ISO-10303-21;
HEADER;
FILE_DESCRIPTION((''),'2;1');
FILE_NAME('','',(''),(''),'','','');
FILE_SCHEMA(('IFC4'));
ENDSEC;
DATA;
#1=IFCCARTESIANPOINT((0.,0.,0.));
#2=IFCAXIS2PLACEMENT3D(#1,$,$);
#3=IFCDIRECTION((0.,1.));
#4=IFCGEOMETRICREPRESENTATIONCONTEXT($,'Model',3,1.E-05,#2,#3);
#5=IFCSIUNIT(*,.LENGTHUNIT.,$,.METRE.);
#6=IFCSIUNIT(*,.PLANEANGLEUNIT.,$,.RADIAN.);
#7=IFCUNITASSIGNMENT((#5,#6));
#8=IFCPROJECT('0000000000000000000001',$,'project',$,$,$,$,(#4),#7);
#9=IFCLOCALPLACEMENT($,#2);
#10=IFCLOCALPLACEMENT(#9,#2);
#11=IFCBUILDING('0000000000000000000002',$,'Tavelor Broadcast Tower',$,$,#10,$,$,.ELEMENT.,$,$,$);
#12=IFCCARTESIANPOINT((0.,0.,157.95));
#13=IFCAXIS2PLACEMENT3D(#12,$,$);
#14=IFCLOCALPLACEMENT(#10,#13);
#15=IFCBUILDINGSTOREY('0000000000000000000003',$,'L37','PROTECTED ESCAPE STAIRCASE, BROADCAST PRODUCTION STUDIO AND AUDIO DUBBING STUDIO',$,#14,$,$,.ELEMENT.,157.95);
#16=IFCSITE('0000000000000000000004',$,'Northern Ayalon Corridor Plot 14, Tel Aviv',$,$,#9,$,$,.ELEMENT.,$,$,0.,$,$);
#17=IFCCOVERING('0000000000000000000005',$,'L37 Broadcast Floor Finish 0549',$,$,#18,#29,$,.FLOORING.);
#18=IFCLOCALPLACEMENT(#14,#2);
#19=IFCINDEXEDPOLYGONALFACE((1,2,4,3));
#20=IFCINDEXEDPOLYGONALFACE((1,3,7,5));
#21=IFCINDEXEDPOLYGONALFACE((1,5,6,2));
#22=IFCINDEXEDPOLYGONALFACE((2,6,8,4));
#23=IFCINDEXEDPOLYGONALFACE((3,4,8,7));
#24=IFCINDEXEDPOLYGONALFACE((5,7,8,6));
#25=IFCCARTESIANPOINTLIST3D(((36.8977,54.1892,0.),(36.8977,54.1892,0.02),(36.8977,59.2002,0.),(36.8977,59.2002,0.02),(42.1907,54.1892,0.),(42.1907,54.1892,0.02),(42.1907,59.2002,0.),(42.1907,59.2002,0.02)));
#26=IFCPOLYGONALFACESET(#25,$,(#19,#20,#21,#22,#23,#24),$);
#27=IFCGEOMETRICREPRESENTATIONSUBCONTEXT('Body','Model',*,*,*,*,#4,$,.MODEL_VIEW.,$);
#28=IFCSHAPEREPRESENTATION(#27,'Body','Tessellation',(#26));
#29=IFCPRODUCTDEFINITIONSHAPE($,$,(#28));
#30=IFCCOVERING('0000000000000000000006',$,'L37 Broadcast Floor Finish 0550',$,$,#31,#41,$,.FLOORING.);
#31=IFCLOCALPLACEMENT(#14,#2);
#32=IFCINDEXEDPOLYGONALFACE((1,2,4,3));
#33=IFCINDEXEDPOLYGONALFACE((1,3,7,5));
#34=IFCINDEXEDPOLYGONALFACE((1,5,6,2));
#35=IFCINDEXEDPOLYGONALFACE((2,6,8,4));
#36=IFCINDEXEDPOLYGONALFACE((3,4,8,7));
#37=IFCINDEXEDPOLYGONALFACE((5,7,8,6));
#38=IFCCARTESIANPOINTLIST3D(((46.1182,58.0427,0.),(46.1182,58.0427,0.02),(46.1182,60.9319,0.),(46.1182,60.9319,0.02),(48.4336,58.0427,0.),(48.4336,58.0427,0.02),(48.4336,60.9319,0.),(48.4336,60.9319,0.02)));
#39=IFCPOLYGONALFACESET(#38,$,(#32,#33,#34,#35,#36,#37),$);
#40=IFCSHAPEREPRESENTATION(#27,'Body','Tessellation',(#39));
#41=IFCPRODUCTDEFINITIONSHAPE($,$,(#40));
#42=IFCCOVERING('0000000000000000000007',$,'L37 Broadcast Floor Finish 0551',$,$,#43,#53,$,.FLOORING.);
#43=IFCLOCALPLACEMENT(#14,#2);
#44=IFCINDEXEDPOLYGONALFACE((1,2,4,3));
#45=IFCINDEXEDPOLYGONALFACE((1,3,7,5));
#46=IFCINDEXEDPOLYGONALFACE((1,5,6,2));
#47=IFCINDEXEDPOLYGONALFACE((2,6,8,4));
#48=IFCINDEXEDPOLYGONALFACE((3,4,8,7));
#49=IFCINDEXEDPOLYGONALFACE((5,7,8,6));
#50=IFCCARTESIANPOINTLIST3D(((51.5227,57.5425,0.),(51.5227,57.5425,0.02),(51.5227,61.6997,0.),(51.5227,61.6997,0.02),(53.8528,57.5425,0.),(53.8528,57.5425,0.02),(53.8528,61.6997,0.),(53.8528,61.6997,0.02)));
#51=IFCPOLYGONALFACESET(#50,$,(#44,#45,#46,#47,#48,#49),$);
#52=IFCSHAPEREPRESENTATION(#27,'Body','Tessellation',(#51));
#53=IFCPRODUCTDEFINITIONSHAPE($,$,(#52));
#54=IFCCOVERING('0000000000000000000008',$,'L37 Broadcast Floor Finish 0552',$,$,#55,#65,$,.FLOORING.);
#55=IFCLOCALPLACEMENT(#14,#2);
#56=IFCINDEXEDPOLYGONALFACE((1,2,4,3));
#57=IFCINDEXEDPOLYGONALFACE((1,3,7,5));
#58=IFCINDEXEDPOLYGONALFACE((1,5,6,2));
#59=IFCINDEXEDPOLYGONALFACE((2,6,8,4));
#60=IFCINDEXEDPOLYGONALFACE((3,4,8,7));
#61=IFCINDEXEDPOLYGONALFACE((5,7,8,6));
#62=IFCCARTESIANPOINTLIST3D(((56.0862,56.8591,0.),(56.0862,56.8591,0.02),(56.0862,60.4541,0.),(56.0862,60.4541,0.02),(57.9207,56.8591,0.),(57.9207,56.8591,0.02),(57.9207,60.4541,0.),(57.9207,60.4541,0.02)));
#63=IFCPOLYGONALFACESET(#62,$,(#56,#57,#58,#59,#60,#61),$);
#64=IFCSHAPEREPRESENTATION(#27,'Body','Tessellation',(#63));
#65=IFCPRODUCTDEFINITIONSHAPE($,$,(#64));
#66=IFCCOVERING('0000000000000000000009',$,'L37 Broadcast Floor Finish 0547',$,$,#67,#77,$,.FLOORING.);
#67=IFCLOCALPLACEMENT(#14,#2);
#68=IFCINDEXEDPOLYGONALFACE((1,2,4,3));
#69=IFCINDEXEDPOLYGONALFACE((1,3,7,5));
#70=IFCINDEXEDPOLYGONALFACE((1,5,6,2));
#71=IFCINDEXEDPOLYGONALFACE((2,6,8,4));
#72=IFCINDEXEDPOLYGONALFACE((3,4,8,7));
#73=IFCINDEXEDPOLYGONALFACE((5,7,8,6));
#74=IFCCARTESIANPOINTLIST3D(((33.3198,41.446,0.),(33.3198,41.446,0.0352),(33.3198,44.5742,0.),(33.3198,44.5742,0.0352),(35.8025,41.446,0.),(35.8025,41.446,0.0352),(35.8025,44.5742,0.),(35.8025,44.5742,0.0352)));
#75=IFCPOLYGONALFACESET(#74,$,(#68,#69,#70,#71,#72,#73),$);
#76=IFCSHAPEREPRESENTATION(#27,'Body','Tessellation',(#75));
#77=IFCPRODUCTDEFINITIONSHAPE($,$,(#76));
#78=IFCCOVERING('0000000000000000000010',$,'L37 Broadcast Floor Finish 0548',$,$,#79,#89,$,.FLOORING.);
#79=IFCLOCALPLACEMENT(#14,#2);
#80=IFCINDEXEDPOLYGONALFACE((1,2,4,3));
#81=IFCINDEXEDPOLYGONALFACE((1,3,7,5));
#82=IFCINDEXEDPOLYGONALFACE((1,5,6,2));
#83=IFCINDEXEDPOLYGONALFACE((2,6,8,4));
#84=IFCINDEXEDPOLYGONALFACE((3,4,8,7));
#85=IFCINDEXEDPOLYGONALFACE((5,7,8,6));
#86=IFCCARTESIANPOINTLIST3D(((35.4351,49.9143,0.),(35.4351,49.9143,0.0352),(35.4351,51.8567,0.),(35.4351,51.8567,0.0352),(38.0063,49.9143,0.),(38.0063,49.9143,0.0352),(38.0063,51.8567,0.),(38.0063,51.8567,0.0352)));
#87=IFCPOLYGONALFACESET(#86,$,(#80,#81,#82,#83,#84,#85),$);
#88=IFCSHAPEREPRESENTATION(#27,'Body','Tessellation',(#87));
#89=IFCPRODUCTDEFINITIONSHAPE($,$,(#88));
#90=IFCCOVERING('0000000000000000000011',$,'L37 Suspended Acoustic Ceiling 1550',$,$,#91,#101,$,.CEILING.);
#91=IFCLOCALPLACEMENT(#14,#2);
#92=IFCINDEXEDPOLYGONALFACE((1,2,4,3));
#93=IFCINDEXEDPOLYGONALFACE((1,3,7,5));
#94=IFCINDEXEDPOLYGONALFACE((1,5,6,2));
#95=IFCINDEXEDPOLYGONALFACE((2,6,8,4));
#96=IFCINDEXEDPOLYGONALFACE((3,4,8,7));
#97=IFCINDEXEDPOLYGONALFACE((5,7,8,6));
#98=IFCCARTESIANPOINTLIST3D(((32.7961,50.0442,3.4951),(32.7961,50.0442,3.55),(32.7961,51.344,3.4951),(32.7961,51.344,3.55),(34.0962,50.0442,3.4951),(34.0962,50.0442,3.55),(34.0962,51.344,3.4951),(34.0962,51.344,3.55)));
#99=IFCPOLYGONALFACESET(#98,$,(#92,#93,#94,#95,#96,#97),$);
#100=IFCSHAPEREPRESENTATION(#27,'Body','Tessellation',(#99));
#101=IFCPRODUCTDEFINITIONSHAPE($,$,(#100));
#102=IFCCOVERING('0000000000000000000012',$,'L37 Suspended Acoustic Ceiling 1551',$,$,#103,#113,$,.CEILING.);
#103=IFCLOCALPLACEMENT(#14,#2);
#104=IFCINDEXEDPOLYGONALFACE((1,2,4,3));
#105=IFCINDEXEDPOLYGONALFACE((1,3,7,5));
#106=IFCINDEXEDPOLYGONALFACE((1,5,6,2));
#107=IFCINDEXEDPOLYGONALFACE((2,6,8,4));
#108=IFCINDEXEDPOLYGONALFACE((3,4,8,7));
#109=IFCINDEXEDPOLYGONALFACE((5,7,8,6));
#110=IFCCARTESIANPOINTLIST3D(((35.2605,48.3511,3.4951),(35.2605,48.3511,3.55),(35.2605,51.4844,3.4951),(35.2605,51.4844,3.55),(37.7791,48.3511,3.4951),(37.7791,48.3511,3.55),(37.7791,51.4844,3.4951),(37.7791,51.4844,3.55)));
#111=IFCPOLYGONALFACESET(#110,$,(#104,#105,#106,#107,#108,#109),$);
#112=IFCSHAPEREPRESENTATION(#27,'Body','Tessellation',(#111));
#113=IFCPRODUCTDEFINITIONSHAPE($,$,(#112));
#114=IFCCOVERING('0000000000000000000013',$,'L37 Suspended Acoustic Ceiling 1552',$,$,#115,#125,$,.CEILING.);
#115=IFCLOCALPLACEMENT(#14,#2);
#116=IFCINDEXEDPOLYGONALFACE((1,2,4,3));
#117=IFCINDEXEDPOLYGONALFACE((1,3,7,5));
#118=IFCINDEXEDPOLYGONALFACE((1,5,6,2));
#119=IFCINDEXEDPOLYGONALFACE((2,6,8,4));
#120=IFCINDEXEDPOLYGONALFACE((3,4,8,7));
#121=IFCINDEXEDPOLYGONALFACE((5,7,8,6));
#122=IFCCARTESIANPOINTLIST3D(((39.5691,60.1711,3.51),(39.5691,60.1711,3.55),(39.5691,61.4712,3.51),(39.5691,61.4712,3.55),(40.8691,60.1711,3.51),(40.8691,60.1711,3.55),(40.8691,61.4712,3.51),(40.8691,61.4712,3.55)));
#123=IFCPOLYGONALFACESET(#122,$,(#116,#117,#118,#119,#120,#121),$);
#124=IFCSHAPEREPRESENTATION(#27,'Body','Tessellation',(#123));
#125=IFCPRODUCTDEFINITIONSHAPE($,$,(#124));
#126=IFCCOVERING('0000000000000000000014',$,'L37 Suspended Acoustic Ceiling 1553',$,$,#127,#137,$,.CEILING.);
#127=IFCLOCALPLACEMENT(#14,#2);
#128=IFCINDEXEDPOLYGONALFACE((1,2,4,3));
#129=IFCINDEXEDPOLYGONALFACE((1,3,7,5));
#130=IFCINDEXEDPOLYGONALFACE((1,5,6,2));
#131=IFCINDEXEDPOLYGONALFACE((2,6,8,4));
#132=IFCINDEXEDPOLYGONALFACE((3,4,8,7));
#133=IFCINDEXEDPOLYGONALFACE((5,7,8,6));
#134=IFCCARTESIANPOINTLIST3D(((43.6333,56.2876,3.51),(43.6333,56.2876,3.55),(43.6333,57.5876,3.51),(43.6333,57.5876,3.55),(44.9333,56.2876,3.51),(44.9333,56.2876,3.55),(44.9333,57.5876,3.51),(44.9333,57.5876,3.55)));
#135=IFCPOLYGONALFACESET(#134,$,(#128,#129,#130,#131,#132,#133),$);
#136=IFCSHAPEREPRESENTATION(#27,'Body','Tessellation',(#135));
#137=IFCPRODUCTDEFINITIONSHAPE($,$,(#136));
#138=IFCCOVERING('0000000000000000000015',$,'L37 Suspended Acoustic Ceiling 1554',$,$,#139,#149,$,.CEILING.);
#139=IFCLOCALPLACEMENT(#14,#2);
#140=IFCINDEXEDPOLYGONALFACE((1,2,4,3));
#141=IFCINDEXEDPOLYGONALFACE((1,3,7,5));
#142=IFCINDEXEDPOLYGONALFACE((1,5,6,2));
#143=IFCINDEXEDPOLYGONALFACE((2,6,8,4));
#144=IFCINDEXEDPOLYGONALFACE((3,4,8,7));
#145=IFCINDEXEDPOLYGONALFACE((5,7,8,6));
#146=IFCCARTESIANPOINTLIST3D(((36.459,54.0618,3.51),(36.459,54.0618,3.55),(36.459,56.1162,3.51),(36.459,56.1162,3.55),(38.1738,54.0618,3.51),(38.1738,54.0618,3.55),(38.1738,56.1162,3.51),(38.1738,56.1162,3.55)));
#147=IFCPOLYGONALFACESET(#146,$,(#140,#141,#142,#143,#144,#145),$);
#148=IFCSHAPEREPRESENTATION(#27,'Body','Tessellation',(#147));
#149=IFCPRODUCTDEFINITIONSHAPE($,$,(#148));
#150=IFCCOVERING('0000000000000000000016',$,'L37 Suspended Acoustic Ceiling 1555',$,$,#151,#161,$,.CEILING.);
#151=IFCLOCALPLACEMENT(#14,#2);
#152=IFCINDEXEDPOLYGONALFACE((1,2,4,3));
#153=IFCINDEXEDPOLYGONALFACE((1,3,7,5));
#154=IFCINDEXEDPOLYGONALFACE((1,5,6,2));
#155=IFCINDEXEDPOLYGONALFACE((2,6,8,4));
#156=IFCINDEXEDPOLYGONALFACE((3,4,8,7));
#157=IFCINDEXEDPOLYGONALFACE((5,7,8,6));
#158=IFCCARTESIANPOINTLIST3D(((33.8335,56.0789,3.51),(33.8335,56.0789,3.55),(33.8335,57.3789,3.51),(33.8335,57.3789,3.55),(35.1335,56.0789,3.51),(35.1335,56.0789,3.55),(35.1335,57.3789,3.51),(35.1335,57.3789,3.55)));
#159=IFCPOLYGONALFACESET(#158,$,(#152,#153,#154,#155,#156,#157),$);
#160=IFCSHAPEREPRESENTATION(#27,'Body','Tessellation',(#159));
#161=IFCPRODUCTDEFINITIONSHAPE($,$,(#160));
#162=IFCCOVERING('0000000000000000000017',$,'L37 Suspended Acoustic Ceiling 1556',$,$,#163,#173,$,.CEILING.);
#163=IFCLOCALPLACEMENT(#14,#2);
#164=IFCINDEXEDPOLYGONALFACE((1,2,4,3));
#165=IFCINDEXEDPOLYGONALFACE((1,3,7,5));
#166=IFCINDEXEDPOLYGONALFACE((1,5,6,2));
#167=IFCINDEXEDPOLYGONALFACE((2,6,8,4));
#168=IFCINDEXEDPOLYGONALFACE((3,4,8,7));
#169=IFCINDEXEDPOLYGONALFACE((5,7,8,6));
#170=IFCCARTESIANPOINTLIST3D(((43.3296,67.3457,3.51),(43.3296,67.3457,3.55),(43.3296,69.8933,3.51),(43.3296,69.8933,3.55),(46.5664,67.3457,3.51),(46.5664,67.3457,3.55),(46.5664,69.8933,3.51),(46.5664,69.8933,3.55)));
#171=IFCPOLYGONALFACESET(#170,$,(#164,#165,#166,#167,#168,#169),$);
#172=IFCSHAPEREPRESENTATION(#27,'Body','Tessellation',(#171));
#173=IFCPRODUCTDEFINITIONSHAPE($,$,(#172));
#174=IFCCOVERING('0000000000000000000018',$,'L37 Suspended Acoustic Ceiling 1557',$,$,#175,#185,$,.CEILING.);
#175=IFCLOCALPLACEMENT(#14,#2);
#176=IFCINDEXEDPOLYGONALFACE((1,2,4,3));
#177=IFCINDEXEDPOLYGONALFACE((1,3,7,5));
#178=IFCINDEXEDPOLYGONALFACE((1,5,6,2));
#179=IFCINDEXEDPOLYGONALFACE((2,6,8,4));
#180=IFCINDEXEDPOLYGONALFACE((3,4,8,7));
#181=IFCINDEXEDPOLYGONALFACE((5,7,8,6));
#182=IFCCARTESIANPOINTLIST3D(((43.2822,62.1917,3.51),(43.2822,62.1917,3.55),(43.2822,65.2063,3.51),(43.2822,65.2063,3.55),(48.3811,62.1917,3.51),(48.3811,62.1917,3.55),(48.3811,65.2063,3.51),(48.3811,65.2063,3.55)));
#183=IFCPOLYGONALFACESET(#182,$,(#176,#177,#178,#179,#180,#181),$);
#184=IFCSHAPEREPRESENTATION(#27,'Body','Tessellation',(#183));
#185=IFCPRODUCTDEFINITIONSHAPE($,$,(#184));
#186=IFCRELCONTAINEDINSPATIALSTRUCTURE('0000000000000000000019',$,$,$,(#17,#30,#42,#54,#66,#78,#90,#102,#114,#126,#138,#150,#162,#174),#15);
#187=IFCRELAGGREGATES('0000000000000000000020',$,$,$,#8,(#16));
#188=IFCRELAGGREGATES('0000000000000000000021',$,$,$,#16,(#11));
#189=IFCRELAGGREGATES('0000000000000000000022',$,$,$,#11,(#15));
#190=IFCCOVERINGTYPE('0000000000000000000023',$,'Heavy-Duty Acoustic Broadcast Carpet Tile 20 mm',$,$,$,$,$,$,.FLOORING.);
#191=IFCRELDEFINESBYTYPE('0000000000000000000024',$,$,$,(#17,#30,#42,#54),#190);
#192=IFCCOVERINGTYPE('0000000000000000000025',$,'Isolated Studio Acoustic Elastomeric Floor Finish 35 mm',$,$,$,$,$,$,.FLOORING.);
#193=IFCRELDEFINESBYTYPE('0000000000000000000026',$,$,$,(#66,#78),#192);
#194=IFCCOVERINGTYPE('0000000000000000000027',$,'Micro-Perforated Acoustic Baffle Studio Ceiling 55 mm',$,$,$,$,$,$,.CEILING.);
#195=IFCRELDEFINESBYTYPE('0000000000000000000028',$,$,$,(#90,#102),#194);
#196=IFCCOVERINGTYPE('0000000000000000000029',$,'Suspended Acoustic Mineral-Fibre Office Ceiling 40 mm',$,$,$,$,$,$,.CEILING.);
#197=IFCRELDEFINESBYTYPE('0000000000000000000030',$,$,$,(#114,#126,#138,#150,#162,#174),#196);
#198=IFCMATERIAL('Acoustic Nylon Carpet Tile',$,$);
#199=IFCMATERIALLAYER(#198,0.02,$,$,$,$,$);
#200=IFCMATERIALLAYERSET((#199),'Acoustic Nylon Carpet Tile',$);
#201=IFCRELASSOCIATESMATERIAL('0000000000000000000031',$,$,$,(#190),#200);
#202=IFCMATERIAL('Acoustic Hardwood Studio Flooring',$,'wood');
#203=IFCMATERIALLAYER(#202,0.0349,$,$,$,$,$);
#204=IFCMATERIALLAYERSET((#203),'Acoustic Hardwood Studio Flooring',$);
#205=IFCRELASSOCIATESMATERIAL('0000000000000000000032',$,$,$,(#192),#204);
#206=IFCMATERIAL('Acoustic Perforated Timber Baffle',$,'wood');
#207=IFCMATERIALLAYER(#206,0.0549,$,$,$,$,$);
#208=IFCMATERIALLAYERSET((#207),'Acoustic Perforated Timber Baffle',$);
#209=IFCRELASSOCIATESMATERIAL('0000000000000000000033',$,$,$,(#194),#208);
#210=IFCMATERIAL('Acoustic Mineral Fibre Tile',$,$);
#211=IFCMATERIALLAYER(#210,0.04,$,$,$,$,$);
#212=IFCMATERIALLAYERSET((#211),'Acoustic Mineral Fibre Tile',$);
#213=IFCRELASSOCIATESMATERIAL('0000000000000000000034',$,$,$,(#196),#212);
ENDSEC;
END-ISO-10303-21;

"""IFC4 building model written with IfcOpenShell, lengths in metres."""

from ifc_helpers import new_model, si_unit, direction, frame, origin, place, context, subcontext, project, spatial, polyline, outline, extrude, material, layer, layer_set, type_object, element, save


model = new_model("IFC4")

# Units and contexts
model_context = context("Model", 3, precision=1e-05, world=origin(), true_north=direction((0.0, 1.0)))
body_context = subcontext(model_context, "Body", "Model", "MODEL_VIEW")
ifc_project = project(units=[si_unit("LENGTHUNIT", "METRE"), si_unit("PLANEANGLEUNIT", "RADIAN")], contexts=[model_context])

# Site, building, storey
site_placement = place(None, origin())
site = spatial("IfcSite", under=ifc_project, at=site_placement, Name="Northern Ayalon Corridor Plot 14, Tel Aviv", CompositionType="ELEMENT", RefElevation=0.0)
building_placement = place(site_placement, origin())
building = spatial("IfcBuilding", under=site, at=building_placement, Name="Tavelor Broadcast Tower", CompositionType="ELEMENT")
storey_placement = place(building_placement, frame((0.0, 0.0, 157.95)))
storey = spatial("IfcBuildingStorey", under=building, at=storey_placement, Name="L37", Description="PROTECTED ESCAPE STAIRCASE, BROADCAST PRODUCTION STUDIO AND AUDIO DUBBING STUDIO", CompositionType="ELEMENT", Elevation=157.95)

# Coverings
ifc_material_1 = material(Name="Acoustic Nylon Carpet Tile")
ifc_layer_1 = layer(ifc_material_1, 0.02)
ifc_layer_set_1 = layer_set([ifc_layer_1], Name="Acoustic Nylon Carpet Tile")
covering_type_1 = type_object("IfcCoveringType", Name="Heavy-Duty Acoustic Broadcast Carpet Tile 20 mm", PredefinedType="FLOORING", material=ifc_layer_set_1)
covering_1_placement = place(storey_placement, origin())
element("IfcCovering", 1, at=covering_1_placement, inside=storey, type_object=covering_type_1, Name="L37 Broadcast Floor Finish 0549", PredefinedType="FLOORING", context=body_context, shape_type="SweptSolid", body=[
    extrude(outline(polyline([(36.8977, 54.1892), (42.1907, 54.1892), (42.1907, 59.2002), (36.8977, 59.2002), (36.8977, 54.1892)])), origin(), (0.0, 0.0, 1.0), 0.02),
])
covering_2_placement = place(storey_placement, origin())
element("IfcCovering", 2, at=covering_2_placement, inside=storey, type_object=covering_type_1, Name="L37 Broadcast Floor Finish 0550", PredefinedType="FLOORING", context=body_context, shape_type="SweptSolid", body=[
    extrude(outline(polyline([(46.1182, 58.0427), (48.4336, 58.0427), (48.4336, 60.9319), (46.1182, 60.9319), (46.1182, 58.0427)])), origin(), (0.0, 0.0, 1.0), 0.02),
])
covering_3_placement = place(storey_placement, origin())
element("IfcCovering", 3, at=covering_3_placement, inside=storey, type_object=covering_type_1, Name="L37 Broadcast Floor Finish 0551", PredefinedType="FLOORING", context=body_context, shape_type="SweptSolid", body=[
    extrude(outline(polyline([(51.5227, 57.5425), (53.8528, 57.5425), (53.8528, 61.6997), (51.5227, 61.6997), (51.5227, 57.5425)])), origin(), (0.0, 0.0, 1.0), 0.02),
])
covering_4_placement = place(storey_placement, origin())
element("IfcCovering", 4, at=covering_4_placement, inside=storey, type_object=covering_type_1, Name="L37 Broadcast Floor Finish 0552", PredefinedType="FLOORING", context=body_context, shape_type="SweptSolid", body=[
    extrude(outline(polyline([(56.0862, 56.8591), (57.9207, 56.8591), (57.9207, 60.4541), (56.0862, 60.4541), (56.0862, 56.8591)])), origin(), (0.0, 0.0, 1.0), 0.02),
])
ifc_material_2 = material(Name="Acoustic Hardwood Studio Flooring", Category="wood")
ifc_layer_2 = layer(ifc_material_2, 0.0349)
ifc_layer_set_2 = layer_set([ifc_layer_2], Name="Acoustic Hardwood Studio Flooring")
covering_type_2 = type_object("IfcCoveringType", Name="Isolated Studio Acoustic Elastomeric Floor Finish 35 mm", PredefinedType="FLOORING", material=ifc_layer_set_2)
covering_5_placement = place(storey_placement, origin())
element("IfcCovering", 5, at=covering_5_placement, inside=storey, type_object=covering_type_2, Name="L37 Broadcast Floor Finish 0547", PredefinedType="FLOORING", context=body_context, shape_type="SweptSolid", body=[
    extrude(outline(polyline([(33.3198, 41.446), (35.8025, 41.446), (35.8025, 44.5742), (33.3198, 44.5742), (33.3198, 41.446)])), origin(), (0.0, 0.0, 1.0), 0.0352),
])
covering_6_placement = place(storey_placement, origin())
element("IfcCovering", 6, at=covering_6_placement, inside=storey, type_object=covering_type_2, Name="L37 Broadcast Floor Finish 0548", PredefinedType="FLOORING", context=body_context, shape_type="SweptSolid", body=[
    extrude(outline(polyline([(35.4351, 49.9143), (38.0063, 49.9143), (38.0063, 51.8567), (35.4351, 51.8567), (35.4351, 49.9143)])), origin(), (0.0, 0.0, 1.0), 0.0352),
])
ifc_material_3 = material(Name="Acoustic Perforated Timber Baffle", Category="wood")
ifc_layer_3 = layer(ifc_material_3, 0.0549)
ifc_layer_set_3 = layer_set([ifc_layer_3], Name="Acoustic Perforated Timber Baffle")
covering_type_3 = type_object("IfcCoveringType", Name="Micro-Perforated Acoustic Baffle Studio Ceiling 55 mm", PredefinedType="CEILING", material=ifc_layer_set_3)
covering_7_placement = place(storey_placement, frame((0.0, 0.0, 3.4951)))
element("IfcCovering", 7, at=covering_7_placement, inside=storey, type_object=covering_type_3, Name="L37 Suspended Acoustic Ceiling 1550", PredefinedType="CEILING", context=body_context, shape_type="SweptSolid", body=[
    extrude(outline(polyline([(32.7961, 50.0442), (34.0962, 50.0442), (34.0962, 51.344), (32.7961, 51.344), (32.7961, 50.0442)])), origin(), (0.0, 0.0, 1.0), 0.0549),
])
covering_8_placement = place(storey_placement, frame((0.0, 0.0, 3.4951)))
element("IfcCovering", 8, at=covering_8_placement, inside=storey, type_object=covering_type_3, Name="L37 Suspended Acoustic Ceiling 1551", PredefinedType="CEILING", context=body_context, shape_type="SweptSolid", body=[
    extrude(outline(polyline([(35.2605, 48.3511), (37.7791, 48.3511), (37.7791, 51.4844), (35.2605, 51.4844), (35.2605, 48.3511)])), origin(), (0.0, 0.0, 1.0), 0.0549),
])
ifc_material_4 = material(Name="Acoustic Mineral Fibre Tile")
ifc_layer_4 = layer(ifc_material_4, 0.04)
ifc_layer_set_4 = layer_set([ifc_layer_4], Name="Acoustic Mineral Fibre Tile")
covering_type_4 = type_object("IfcCoveringType", Name="Suspended Acoustic Mineral-Fibre Office Ceiling 40 mm", PredefinedType="CEILING", material=ifc_layer_set_4)
covering_9_placement = place(storey_placement, frame((0.0, 0.0, 3.51)))
element("IfcCovering", 9, at=covering_9_placement, inside=storey, type_object=covering_type_4, Name="L37 Suspended Acoustic Ceiling 1552", PredefinedType="CEILING", context=body_context, shape_type="SweptSolid", body=[
    extrude(outline(polyline([(39.5691, 60.1711), (40.8691, 60.1711), (40.8691, 61.4712), (39.5691, 61.4712), (39.5691, 60.1711)])), origin(), (0.0, 0.0, 1.0), 0.04),
])
covering_10_placement = place(storey_placement, frame((0.0, 0.0, 3.51)))
element("IfcCovering", 10, at=covering_10_placement, inside=storey, type_object=covering_type_4, Name="L37 Suspended Acoustic Ceiling 1553", PredefinedType="CEILING", context=body_context, shape_type="SweptSolid", body=[
    extrude(outline(polyline([(43.6333, 56.2876), (44.9333, 56.2876), (44.9333, 57.5876), (43.6333, 57.5876), (43.6333, 56.2876)])), origin(), (0.0, 0.0, 1.0), 0.04),
])
covering_11_placement = place(storey_placement, frame((0.0, 0.0, 3.51)))
element("IfcCovering", 11, at=covering_11_placement, inside=storey, type_object=covering_type_4, Name="L37 Suspended Acoustic Ceiling 1554", PredefinedType="CEILING", context=body_context, shape_type="SweptSolid", body=[
    extrude(outline(polyline([(36.459, 54.0618), (38.1738, 54.0618), (38.1738, 56.1162), (36.459, 56.1162), (36.459, 54.0618)])), origin(), (0.0, 0.0, 1.0), 0.04),
])
covering_12_placement = place(storey_placement, frame((0.0, 0.0, 3.51)))
element("IfcCovering", 12, at=covering_12_placement, inside=storey, type_object=covering_type_4, Name="L37 Suspended Acoustic Ceiling 1555", PredefinedType="CEILING", context=body_context, shape_type="SweptSolid", body=[
    extrude(outline(polyline([(33.8335, 56.0789), (35.1335, 56.0789), (35.1335, 57.3789), (33.8335, 57.3789), (33.8335, 56.0789)])), origin(), (0.0, 0.0, 1.0), 0.04),
])
covering_13_placement = place(storey_placement, frame((0.0, 0.0, 3.51)))
element("IfcCovering", 13, at=covering_13_placement, inside=storey, type_object=covering_type_4, Name="L37 Suspended Acoustic Ceiling 1556", PredefinedType="CEILING", context=body_context, shape_type="SweptSolid", body=[
    extrude(outline(polyline([(43.3296, 67.3457), (46.5664, 67.3457), (46.5664, 69.8933), (43.3296, 69.8933), (43.3296, 67.3457)])), origin(), (0.0, 0.0, 1.0), 0.04),
])
covering_14_placement = place(storey_placement, frame((0.0, 0.0, 3.51)))
element("IfcCovering", 14, at=covering_14_placement, inside=storey, type_object=covering_type_4, Name="L37 Suspended Acoustic Ceiling 1557", PredefinedType="CEILING", context=body_context, shape_type="SweptSolid", body=[
    extrude(outline(polyline([(43.2822, 62.1917), (48.3811, 62.1917), (48.3811, 65.2063), (43.2822, 65.2063), (43.2822, 62.1917)])), origin(), (0.0, 0.0, 1.0), 0.04),
])

save(model, "model.ifc")
